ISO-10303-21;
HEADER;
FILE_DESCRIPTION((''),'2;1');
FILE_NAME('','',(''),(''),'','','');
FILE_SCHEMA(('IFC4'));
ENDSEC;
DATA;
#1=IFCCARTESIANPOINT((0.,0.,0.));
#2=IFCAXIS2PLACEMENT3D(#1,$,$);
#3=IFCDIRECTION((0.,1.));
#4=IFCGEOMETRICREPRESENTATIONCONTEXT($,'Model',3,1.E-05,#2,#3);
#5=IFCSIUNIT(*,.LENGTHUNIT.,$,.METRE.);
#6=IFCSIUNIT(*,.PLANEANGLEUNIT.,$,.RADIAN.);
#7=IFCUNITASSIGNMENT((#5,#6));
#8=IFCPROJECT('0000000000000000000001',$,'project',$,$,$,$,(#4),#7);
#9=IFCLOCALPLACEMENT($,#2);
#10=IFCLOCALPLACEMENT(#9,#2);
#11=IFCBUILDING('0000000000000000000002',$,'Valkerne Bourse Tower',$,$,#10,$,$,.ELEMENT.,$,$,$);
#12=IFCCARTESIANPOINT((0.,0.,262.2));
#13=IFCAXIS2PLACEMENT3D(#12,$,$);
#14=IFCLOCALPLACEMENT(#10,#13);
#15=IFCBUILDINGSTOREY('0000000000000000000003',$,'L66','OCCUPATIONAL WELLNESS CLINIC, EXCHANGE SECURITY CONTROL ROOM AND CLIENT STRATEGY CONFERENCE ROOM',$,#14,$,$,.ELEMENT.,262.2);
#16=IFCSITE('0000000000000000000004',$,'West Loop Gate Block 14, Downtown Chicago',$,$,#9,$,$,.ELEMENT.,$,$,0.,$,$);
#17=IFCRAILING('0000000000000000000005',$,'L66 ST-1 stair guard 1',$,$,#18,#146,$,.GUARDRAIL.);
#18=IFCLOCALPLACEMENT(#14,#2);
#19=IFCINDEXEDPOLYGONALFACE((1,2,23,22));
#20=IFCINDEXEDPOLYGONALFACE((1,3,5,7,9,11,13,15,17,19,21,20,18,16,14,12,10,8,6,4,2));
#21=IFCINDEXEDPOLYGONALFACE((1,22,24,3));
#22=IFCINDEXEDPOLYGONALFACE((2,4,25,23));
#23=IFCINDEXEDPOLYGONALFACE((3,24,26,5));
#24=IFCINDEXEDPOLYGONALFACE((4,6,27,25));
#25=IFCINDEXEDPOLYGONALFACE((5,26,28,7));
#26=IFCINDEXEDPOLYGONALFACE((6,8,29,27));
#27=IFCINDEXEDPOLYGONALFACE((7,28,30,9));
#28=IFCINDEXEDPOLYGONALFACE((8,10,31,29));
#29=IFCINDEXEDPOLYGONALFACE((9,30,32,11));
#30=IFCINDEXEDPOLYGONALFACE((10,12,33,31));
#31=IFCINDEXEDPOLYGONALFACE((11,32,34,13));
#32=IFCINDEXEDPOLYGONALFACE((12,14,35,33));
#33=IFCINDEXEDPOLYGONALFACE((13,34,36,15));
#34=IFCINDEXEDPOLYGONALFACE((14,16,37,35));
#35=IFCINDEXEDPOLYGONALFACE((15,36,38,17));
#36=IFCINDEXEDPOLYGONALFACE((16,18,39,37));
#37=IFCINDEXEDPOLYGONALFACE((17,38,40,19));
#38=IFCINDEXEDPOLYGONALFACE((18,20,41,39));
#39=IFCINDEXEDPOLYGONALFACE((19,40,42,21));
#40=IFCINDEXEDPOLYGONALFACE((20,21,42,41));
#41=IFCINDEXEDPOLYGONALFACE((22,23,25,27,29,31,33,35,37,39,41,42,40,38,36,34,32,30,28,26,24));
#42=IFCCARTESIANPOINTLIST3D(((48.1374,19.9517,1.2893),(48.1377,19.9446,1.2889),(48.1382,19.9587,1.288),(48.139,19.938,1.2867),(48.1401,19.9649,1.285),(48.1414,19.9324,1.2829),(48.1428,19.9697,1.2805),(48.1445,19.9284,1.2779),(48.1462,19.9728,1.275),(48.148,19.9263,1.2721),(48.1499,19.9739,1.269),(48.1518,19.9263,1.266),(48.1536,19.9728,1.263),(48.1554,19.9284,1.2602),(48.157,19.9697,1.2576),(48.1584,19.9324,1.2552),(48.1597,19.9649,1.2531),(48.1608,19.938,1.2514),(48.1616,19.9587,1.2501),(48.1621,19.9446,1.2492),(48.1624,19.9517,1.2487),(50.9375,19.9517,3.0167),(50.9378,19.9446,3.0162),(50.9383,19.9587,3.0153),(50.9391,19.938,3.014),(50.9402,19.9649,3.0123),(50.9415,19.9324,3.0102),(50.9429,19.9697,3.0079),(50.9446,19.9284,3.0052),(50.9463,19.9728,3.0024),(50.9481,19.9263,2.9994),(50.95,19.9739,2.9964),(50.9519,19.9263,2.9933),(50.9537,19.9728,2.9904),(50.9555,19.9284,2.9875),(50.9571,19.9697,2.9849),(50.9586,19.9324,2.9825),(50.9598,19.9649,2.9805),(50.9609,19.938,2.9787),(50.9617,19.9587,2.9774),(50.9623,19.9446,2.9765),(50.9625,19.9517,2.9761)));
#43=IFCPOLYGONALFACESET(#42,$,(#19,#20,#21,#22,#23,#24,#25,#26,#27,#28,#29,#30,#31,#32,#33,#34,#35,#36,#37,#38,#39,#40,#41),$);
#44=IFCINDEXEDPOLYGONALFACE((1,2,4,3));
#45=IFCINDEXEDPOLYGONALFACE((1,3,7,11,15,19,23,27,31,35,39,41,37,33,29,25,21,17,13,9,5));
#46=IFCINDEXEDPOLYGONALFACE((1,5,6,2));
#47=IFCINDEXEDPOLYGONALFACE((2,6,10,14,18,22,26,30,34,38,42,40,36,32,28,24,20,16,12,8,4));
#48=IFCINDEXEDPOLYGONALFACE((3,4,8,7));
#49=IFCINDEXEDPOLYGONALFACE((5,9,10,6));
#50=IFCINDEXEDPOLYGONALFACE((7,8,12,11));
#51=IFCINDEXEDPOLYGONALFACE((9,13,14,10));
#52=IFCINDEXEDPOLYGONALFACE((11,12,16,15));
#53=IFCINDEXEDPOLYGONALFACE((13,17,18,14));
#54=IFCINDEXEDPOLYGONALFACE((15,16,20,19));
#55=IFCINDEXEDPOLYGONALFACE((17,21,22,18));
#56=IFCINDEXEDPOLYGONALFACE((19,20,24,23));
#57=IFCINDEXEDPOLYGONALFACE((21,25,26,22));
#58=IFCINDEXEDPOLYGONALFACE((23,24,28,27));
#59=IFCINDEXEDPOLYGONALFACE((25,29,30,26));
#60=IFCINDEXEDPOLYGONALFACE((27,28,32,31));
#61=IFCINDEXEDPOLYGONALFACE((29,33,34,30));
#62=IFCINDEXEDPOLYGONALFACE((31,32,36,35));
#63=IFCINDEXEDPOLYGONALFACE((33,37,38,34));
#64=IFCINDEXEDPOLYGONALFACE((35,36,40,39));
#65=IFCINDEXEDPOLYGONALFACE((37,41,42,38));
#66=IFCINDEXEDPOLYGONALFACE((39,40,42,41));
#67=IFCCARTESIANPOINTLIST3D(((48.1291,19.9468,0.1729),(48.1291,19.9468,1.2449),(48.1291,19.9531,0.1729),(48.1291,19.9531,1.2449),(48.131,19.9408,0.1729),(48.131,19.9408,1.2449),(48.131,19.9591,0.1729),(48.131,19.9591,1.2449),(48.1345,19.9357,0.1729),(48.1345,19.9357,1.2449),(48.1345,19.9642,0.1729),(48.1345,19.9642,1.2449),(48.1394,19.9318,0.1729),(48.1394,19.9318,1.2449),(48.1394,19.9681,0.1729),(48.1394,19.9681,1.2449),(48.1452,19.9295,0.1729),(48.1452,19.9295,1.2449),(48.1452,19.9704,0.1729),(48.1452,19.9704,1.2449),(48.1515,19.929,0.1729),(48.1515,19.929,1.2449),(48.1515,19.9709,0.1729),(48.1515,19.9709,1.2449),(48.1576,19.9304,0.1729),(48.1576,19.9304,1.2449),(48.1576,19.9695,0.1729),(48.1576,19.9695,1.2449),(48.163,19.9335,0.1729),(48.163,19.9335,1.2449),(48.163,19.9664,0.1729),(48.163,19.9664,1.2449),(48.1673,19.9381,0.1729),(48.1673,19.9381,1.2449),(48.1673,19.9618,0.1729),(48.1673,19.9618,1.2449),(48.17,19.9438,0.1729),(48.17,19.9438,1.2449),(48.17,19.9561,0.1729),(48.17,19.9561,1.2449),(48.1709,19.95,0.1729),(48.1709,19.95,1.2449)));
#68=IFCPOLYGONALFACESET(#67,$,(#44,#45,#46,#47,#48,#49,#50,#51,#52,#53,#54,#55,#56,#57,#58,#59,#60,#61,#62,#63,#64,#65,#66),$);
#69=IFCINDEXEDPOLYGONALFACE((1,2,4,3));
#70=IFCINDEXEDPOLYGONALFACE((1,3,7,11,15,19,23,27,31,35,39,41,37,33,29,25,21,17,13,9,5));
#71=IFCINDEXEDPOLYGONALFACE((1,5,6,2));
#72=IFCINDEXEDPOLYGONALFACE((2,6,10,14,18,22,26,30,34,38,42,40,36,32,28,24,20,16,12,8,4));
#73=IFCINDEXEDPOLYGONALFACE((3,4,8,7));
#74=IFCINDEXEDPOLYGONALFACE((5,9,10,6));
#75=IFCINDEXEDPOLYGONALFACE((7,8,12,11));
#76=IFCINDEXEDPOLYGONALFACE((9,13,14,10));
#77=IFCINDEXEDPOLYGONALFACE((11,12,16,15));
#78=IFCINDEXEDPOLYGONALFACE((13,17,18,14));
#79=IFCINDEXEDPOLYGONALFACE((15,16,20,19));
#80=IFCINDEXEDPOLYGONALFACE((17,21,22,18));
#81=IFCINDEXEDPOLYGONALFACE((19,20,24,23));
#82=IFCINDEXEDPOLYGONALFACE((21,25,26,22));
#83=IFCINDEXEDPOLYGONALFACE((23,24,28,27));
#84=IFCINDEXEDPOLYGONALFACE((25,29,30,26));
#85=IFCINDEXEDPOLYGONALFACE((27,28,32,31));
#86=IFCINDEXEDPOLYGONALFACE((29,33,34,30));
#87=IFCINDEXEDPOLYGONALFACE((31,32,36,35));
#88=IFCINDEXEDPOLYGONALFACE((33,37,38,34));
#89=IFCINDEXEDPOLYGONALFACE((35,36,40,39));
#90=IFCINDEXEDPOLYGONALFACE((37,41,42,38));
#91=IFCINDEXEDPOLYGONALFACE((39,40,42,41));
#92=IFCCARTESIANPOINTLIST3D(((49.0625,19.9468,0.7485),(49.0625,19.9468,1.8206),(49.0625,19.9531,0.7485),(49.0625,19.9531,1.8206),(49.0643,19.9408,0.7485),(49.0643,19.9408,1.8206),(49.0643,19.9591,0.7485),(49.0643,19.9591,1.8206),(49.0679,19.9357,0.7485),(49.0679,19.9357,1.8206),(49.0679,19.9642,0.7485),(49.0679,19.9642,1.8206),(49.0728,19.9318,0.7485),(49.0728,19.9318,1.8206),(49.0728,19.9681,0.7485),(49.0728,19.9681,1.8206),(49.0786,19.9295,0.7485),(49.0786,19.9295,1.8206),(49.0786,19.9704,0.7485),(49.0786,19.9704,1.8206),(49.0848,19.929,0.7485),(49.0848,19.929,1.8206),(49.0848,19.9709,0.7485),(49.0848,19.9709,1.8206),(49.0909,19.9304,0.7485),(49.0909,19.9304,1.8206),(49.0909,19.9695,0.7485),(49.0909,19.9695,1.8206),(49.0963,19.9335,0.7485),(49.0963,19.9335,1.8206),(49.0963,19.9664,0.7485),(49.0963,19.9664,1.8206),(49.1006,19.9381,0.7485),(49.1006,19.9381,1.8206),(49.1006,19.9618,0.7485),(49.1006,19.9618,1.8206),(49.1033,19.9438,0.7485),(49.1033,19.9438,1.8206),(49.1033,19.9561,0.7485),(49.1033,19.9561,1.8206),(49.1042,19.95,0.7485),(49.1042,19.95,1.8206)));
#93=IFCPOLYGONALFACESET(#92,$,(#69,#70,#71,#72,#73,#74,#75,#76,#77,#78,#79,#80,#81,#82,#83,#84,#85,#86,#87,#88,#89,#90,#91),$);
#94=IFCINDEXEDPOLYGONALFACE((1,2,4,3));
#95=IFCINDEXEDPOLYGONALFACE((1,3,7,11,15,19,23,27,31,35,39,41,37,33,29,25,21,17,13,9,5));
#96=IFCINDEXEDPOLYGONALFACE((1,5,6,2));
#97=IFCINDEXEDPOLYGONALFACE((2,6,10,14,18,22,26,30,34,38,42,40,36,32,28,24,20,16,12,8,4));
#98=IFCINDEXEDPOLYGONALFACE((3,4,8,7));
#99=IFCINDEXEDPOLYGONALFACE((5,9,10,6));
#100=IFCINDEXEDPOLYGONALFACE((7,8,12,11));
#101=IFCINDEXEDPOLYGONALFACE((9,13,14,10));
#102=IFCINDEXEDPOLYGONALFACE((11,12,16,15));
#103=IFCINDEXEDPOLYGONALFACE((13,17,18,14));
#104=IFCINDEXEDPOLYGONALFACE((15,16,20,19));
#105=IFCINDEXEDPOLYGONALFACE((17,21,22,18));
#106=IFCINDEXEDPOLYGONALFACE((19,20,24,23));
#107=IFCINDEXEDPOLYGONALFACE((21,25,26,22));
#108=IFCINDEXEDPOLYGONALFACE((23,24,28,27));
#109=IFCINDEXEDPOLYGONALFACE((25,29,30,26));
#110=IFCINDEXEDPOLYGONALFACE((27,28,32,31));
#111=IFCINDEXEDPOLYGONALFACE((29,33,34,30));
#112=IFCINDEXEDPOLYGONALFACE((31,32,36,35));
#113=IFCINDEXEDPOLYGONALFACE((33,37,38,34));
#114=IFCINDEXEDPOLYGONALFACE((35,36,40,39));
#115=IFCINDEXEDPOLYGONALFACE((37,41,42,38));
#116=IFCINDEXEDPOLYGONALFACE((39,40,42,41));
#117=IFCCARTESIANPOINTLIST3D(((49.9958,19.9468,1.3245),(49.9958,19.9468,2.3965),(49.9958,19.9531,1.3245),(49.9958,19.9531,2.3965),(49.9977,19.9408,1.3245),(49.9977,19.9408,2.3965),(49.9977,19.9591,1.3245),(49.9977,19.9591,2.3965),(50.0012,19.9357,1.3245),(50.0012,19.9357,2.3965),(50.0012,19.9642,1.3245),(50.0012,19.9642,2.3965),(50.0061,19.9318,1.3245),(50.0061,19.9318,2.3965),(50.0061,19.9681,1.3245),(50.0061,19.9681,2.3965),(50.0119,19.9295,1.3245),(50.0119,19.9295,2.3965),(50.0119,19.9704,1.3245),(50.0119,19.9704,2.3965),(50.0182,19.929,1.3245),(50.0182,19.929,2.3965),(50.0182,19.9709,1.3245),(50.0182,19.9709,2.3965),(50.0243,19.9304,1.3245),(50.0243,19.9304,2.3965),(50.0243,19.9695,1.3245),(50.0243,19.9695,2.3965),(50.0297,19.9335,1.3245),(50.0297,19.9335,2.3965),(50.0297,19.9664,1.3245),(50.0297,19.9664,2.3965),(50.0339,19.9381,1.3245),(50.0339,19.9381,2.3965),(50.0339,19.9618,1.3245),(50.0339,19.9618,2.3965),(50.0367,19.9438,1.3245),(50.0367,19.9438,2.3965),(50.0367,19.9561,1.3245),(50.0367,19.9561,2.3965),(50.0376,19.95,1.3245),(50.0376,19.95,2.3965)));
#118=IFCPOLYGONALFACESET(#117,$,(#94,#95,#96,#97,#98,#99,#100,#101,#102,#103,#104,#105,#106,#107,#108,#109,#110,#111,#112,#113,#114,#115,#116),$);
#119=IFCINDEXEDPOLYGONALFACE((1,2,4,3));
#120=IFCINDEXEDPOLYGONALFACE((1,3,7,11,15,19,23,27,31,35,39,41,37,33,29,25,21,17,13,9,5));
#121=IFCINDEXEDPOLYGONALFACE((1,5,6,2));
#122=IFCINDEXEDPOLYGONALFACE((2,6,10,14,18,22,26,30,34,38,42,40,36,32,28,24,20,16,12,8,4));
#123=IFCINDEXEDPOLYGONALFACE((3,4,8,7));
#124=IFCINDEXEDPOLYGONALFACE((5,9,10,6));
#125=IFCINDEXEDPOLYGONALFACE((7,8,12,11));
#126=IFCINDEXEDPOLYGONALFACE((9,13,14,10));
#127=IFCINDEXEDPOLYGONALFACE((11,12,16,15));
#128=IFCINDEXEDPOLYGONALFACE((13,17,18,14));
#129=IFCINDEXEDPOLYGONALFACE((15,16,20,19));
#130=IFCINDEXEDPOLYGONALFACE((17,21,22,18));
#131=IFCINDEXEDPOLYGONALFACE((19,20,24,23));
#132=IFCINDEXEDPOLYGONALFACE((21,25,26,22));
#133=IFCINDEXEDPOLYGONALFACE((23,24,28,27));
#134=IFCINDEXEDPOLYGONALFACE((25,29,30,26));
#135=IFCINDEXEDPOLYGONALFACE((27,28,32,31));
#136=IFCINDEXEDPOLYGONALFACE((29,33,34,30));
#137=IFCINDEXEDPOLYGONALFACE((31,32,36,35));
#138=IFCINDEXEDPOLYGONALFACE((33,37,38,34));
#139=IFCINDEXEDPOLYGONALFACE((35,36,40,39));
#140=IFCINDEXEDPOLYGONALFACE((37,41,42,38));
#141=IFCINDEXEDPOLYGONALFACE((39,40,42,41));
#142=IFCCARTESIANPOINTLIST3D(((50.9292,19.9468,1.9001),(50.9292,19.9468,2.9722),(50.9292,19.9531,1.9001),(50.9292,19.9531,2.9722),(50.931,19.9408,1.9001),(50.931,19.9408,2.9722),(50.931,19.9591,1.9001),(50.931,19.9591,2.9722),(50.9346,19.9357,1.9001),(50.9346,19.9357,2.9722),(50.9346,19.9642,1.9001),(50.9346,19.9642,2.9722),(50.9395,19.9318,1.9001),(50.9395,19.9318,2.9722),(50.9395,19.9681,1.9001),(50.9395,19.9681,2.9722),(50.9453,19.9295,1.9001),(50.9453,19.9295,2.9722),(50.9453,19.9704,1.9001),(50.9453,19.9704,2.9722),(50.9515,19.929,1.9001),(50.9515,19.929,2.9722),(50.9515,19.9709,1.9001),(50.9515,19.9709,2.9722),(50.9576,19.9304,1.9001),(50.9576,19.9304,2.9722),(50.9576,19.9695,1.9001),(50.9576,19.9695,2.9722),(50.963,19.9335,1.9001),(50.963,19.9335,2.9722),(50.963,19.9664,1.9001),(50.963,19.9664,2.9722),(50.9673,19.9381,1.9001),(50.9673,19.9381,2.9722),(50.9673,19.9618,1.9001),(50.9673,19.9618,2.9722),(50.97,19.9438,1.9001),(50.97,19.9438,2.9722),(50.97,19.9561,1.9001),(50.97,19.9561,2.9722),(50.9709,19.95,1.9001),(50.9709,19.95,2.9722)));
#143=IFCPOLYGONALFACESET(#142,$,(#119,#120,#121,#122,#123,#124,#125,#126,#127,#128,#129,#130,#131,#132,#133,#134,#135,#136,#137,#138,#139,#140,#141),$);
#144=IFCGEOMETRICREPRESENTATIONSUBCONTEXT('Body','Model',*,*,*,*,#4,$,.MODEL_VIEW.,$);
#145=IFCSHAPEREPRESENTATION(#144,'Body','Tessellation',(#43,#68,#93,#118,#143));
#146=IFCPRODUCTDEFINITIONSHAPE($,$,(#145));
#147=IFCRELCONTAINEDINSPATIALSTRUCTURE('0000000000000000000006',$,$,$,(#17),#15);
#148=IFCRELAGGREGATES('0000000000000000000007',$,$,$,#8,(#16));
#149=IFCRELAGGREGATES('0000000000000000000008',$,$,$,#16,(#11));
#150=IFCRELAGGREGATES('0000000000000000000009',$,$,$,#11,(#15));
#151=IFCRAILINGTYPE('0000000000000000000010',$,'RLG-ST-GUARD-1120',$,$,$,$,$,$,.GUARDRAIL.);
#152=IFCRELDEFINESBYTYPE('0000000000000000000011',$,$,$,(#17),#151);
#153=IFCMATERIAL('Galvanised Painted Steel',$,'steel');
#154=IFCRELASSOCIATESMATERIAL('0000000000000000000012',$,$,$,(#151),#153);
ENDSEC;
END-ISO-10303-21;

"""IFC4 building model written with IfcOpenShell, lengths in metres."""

from ifc_helpers import new_model, si_unit, direction, frame, origin, origin_2d, place, context, subcontext, project, spatial, circle, extrude, material, type_object, element, save


model = new_model("IFC4")

# Units and contexts
model_context = context("Model", 3, precision=1e-05, world=origin(), true_north=direction((0.0, 1.0)))
body_context = subcontext(model_context, "Body", "Model", "MODEL_VIEW")
ifc_project = project(units=[si_unit("LENGTHUNIT", "METRE"), si_unit("PLANEANGLEUNIT", "RADIAN")], contexts=[model_context])

# Site, building, storey
site_placement = place(None, origin())
site = spatial("IfcSite", under=ifc_project, at=site_placement, Name="West Loop Gate Block 14, Downtown Chicago", CompositionType="ELEMENT", RefElevation=0.0)
building_placement = place(site_placement, origin())
building = spatial("IfcBuilding", under=site, at=building_placement, Name="Valkerne Bourse Tower", CompositionType="ELEMENT")
storey_placement = place(building_placement, frame((0.0, 0.0, 262.2)))
storey = spatial("IfcBuildingStorey", under=building, at=storey_placement, Name="L66", Description="OCCUPATIONAL WELLNESS CLINIC, EXCHANGE SECURITY CONTROL ROOM AND CLIENT STRATEGY CONFERENCE ROOM", CompositionType="ELEMENT", Elevation=262.2)

# Shared definitions
ifc_material_1 = material(Name="Galvanised Painted Steel", Category="steel")

# Railing
railing_type_1 = type_object("IfcRailingType", Name="RLG-ST-GUARD-1120", PredefinedType="GUARDRAIL", material=ifc_material_1)
railing_1_placement = place(storey_placement, frame((48.1499, 19.95, 0.1729)))
element("IfcRailing", 1, at=railing_1_placement, inside=storey, type_object=railing_type_1, Name="L66 ST-1 stair guard 1", PredefinedType="GUARDRAIL", context=body_context, shape_type="SweptSolid", body=[
    extrude(circle(Radius=0.0239, at=origin_2d()), frame((0.0, 0.0, 1.0962), z_axis=(0.85109, 0.0, 0.52502), x_axis=(0.0, 1.0, 0.0)), (0.0, 0.0, 1.0), 3.29),
    extrude(circle(Radius=0.021, at=origin_2d()), origin(), (0.0, 0.0, 1.0), 1.072),
    extrude(circle(Radius=0.021, at=origin_2d()), frame((0.9333, 0.0, 0.5757)), (0.0, 0.0, 1.0), 1.072),
    extrude(circle(Radius=0.021, at=origin_2d()), frame((1.8667, 0.0, 1.1516)), (0.0, 0.0, 1.0), 1.072),
    extrude(circle(Radius=0.021, at=origin_2d()), frame((2.8, 0.0, 1.7273)), (0.0, 0.0, 1.0), 1.072),
])

save(model, "model.ifc")
